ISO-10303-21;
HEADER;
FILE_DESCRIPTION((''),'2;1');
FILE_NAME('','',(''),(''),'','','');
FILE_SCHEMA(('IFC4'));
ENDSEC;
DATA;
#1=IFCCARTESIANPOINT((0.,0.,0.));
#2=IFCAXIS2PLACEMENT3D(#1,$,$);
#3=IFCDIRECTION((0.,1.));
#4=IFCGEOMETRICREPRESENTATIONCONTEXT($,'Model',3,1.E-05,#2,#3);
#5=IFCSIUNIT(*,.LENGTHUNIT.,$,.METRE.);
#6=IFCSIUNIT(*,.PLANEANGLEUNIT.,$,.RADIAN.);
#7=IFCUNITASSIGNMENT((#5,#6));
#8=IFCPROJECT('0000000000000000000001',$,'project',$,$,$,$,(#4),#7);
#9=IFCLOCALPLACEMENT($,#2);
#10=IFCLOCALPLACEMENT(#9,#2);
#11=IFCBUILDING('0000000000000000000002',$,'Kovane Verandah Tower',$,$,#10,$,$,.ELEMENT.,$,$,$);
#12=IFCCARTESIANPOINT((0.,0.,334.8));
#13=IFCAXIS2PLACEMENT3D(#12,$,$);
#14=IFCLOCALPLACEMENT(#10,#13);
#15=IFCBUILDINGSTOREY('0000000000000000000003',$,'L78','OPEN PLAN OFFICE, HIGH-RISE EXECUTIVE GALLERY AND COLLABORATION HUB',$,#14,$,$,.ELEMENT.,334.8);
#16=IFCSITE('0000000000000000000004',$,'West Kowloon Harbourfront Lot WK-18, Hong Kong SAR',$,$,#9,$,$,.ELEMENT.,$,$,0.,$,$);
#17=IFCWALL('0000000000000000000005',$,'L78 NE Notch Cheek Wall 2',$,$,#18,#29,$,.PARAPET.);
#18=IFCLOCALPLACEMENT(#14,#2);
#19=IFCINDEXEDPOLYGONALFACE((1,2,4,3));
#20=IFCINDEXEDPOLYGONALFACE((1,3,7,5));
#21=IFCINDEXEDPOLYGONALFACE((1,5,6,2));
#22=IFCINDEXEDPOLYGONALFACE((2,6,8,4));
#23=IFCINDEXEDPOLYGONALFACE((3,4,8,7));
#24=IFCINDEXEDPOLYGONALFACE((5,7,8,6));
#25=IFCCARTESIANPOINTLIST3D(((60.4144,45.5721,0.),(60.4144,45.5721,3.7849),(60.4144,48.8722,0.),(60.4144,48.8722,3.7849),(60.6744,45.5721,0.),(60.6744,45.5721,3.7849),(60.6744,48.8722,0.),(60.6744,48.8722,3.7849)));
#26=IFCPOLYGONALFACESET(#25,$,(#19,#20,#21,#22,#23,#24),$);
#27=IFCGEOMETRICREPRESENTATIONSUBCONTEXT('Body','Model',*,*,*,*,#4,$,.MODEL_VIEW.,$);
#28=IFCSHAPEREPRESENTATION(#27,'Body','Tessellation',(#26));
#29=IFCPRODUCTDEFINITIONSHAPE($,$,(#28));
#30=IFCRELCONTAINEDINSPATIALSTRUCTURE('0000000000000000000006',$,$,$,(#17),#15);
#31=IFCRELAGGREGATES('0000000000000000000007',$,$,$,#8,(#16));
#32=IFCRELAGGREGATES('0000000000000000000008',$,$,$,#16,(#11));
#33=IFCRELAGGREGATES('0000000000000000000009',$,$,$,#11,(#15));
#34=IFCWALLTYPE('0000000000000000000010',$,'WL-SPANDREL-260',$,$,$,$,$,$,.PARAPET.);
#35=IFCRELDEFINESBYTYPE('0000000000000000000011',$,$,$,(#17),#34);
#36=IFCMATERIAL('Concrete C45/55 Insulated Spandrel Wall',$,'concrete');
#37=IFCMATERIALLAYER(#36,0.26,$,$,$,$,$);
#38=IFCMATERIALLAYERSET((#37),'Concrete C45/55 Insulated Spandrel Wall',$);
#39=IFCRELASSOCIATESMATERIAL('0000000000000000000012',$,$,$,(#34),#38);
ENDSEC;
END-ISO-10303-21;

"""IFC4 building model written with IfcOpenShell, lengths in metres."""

from ifc_helpers import new_model, si_unit, direction, frame, frame_2d, origin, place, context, subcontext, project, spatial, rectangle, extrude, material, layer, layer_set, type_object, element, save


model = new_model("IFC4")

# Units and contexts
model_context = context("Model", 3, precision=1e-05, world=origin(), true_north=direction((0.0, 1.0)))
body_context = subcontext(model_context, "Body", "Model", "MODEL_VIEW")
ifc_project = project(units=[si_unit("LENGTHUNIT", "METRE"), si_unit("PLANEANGLEUNIT", "RADIAN")], contexts=[model_context])

# Site, building, storey
site_placement = place(None, origin())
site = spatial("IfcSite", under=ifc_project, at=site_placement, Name="West Kowloon Harbourfront Lot WK-18, Hong Kong SAR", CompositionType="ELEMENT", RefElevation=0.0)
building_placement = place(site_placement, origin())
building = spatial("IfcBuilding", under=site, at=building_placement, Name="Kovane Verandah Tower", CompositionType="ELEMENT")
storey_placement = place(building_placement, frame((0.0, 0.0, 334.8)))
storey = spatial("IfcBuildingStorey", under=building, at=storey_placement, Name="L78", Description="OPEN PLAN OFFICE, HIGH-RISE EXECUTIVE GALLERY AND COLLABORATION HUB", CompositionType="ELEMENT", Elevation=334.8)

# Shared definitions
ifc_material_1 = material(Name="Concrete C45/55 Insulated Spandrel Wall", Category="concrete")
ifc_layer_1 = layer(ifc_material_1, 0.26)
ifc_layer_set_1 = layer_set([ifc_layer_1], Name="Concrete C45/55 Insulated Spandrel Wall")
wall_type_1 = type_object("IfcWallType", Name="WL-SPANDREL-260", PredefinedType="PARAPET", material=ifc_layer_set_1)

# Wall
wall_1_placement = place(storey_placement, frame((60.5444, 45.5723, 0.0), z_axis=(0.0, 0.0, 1.0), x_axis=(0.0, 1.0, 0.0)))
element("IfcWall", 1, at=wall_1_placement, inside=storey, type_object=wall_type_1, Name="L78 NE Notch Cheek Wall 2", PredefinedType="PARAPET", context=body_context, shape_type="SweptSolid", body=[
    extrude(rectangle(XDim=3.3, YDim=0.26, at=frame_2d((1.6499, 0.0))), origin(), (0.0, 0.0, 1.0), 3.7849),
])

save(model, "model.ifc")
